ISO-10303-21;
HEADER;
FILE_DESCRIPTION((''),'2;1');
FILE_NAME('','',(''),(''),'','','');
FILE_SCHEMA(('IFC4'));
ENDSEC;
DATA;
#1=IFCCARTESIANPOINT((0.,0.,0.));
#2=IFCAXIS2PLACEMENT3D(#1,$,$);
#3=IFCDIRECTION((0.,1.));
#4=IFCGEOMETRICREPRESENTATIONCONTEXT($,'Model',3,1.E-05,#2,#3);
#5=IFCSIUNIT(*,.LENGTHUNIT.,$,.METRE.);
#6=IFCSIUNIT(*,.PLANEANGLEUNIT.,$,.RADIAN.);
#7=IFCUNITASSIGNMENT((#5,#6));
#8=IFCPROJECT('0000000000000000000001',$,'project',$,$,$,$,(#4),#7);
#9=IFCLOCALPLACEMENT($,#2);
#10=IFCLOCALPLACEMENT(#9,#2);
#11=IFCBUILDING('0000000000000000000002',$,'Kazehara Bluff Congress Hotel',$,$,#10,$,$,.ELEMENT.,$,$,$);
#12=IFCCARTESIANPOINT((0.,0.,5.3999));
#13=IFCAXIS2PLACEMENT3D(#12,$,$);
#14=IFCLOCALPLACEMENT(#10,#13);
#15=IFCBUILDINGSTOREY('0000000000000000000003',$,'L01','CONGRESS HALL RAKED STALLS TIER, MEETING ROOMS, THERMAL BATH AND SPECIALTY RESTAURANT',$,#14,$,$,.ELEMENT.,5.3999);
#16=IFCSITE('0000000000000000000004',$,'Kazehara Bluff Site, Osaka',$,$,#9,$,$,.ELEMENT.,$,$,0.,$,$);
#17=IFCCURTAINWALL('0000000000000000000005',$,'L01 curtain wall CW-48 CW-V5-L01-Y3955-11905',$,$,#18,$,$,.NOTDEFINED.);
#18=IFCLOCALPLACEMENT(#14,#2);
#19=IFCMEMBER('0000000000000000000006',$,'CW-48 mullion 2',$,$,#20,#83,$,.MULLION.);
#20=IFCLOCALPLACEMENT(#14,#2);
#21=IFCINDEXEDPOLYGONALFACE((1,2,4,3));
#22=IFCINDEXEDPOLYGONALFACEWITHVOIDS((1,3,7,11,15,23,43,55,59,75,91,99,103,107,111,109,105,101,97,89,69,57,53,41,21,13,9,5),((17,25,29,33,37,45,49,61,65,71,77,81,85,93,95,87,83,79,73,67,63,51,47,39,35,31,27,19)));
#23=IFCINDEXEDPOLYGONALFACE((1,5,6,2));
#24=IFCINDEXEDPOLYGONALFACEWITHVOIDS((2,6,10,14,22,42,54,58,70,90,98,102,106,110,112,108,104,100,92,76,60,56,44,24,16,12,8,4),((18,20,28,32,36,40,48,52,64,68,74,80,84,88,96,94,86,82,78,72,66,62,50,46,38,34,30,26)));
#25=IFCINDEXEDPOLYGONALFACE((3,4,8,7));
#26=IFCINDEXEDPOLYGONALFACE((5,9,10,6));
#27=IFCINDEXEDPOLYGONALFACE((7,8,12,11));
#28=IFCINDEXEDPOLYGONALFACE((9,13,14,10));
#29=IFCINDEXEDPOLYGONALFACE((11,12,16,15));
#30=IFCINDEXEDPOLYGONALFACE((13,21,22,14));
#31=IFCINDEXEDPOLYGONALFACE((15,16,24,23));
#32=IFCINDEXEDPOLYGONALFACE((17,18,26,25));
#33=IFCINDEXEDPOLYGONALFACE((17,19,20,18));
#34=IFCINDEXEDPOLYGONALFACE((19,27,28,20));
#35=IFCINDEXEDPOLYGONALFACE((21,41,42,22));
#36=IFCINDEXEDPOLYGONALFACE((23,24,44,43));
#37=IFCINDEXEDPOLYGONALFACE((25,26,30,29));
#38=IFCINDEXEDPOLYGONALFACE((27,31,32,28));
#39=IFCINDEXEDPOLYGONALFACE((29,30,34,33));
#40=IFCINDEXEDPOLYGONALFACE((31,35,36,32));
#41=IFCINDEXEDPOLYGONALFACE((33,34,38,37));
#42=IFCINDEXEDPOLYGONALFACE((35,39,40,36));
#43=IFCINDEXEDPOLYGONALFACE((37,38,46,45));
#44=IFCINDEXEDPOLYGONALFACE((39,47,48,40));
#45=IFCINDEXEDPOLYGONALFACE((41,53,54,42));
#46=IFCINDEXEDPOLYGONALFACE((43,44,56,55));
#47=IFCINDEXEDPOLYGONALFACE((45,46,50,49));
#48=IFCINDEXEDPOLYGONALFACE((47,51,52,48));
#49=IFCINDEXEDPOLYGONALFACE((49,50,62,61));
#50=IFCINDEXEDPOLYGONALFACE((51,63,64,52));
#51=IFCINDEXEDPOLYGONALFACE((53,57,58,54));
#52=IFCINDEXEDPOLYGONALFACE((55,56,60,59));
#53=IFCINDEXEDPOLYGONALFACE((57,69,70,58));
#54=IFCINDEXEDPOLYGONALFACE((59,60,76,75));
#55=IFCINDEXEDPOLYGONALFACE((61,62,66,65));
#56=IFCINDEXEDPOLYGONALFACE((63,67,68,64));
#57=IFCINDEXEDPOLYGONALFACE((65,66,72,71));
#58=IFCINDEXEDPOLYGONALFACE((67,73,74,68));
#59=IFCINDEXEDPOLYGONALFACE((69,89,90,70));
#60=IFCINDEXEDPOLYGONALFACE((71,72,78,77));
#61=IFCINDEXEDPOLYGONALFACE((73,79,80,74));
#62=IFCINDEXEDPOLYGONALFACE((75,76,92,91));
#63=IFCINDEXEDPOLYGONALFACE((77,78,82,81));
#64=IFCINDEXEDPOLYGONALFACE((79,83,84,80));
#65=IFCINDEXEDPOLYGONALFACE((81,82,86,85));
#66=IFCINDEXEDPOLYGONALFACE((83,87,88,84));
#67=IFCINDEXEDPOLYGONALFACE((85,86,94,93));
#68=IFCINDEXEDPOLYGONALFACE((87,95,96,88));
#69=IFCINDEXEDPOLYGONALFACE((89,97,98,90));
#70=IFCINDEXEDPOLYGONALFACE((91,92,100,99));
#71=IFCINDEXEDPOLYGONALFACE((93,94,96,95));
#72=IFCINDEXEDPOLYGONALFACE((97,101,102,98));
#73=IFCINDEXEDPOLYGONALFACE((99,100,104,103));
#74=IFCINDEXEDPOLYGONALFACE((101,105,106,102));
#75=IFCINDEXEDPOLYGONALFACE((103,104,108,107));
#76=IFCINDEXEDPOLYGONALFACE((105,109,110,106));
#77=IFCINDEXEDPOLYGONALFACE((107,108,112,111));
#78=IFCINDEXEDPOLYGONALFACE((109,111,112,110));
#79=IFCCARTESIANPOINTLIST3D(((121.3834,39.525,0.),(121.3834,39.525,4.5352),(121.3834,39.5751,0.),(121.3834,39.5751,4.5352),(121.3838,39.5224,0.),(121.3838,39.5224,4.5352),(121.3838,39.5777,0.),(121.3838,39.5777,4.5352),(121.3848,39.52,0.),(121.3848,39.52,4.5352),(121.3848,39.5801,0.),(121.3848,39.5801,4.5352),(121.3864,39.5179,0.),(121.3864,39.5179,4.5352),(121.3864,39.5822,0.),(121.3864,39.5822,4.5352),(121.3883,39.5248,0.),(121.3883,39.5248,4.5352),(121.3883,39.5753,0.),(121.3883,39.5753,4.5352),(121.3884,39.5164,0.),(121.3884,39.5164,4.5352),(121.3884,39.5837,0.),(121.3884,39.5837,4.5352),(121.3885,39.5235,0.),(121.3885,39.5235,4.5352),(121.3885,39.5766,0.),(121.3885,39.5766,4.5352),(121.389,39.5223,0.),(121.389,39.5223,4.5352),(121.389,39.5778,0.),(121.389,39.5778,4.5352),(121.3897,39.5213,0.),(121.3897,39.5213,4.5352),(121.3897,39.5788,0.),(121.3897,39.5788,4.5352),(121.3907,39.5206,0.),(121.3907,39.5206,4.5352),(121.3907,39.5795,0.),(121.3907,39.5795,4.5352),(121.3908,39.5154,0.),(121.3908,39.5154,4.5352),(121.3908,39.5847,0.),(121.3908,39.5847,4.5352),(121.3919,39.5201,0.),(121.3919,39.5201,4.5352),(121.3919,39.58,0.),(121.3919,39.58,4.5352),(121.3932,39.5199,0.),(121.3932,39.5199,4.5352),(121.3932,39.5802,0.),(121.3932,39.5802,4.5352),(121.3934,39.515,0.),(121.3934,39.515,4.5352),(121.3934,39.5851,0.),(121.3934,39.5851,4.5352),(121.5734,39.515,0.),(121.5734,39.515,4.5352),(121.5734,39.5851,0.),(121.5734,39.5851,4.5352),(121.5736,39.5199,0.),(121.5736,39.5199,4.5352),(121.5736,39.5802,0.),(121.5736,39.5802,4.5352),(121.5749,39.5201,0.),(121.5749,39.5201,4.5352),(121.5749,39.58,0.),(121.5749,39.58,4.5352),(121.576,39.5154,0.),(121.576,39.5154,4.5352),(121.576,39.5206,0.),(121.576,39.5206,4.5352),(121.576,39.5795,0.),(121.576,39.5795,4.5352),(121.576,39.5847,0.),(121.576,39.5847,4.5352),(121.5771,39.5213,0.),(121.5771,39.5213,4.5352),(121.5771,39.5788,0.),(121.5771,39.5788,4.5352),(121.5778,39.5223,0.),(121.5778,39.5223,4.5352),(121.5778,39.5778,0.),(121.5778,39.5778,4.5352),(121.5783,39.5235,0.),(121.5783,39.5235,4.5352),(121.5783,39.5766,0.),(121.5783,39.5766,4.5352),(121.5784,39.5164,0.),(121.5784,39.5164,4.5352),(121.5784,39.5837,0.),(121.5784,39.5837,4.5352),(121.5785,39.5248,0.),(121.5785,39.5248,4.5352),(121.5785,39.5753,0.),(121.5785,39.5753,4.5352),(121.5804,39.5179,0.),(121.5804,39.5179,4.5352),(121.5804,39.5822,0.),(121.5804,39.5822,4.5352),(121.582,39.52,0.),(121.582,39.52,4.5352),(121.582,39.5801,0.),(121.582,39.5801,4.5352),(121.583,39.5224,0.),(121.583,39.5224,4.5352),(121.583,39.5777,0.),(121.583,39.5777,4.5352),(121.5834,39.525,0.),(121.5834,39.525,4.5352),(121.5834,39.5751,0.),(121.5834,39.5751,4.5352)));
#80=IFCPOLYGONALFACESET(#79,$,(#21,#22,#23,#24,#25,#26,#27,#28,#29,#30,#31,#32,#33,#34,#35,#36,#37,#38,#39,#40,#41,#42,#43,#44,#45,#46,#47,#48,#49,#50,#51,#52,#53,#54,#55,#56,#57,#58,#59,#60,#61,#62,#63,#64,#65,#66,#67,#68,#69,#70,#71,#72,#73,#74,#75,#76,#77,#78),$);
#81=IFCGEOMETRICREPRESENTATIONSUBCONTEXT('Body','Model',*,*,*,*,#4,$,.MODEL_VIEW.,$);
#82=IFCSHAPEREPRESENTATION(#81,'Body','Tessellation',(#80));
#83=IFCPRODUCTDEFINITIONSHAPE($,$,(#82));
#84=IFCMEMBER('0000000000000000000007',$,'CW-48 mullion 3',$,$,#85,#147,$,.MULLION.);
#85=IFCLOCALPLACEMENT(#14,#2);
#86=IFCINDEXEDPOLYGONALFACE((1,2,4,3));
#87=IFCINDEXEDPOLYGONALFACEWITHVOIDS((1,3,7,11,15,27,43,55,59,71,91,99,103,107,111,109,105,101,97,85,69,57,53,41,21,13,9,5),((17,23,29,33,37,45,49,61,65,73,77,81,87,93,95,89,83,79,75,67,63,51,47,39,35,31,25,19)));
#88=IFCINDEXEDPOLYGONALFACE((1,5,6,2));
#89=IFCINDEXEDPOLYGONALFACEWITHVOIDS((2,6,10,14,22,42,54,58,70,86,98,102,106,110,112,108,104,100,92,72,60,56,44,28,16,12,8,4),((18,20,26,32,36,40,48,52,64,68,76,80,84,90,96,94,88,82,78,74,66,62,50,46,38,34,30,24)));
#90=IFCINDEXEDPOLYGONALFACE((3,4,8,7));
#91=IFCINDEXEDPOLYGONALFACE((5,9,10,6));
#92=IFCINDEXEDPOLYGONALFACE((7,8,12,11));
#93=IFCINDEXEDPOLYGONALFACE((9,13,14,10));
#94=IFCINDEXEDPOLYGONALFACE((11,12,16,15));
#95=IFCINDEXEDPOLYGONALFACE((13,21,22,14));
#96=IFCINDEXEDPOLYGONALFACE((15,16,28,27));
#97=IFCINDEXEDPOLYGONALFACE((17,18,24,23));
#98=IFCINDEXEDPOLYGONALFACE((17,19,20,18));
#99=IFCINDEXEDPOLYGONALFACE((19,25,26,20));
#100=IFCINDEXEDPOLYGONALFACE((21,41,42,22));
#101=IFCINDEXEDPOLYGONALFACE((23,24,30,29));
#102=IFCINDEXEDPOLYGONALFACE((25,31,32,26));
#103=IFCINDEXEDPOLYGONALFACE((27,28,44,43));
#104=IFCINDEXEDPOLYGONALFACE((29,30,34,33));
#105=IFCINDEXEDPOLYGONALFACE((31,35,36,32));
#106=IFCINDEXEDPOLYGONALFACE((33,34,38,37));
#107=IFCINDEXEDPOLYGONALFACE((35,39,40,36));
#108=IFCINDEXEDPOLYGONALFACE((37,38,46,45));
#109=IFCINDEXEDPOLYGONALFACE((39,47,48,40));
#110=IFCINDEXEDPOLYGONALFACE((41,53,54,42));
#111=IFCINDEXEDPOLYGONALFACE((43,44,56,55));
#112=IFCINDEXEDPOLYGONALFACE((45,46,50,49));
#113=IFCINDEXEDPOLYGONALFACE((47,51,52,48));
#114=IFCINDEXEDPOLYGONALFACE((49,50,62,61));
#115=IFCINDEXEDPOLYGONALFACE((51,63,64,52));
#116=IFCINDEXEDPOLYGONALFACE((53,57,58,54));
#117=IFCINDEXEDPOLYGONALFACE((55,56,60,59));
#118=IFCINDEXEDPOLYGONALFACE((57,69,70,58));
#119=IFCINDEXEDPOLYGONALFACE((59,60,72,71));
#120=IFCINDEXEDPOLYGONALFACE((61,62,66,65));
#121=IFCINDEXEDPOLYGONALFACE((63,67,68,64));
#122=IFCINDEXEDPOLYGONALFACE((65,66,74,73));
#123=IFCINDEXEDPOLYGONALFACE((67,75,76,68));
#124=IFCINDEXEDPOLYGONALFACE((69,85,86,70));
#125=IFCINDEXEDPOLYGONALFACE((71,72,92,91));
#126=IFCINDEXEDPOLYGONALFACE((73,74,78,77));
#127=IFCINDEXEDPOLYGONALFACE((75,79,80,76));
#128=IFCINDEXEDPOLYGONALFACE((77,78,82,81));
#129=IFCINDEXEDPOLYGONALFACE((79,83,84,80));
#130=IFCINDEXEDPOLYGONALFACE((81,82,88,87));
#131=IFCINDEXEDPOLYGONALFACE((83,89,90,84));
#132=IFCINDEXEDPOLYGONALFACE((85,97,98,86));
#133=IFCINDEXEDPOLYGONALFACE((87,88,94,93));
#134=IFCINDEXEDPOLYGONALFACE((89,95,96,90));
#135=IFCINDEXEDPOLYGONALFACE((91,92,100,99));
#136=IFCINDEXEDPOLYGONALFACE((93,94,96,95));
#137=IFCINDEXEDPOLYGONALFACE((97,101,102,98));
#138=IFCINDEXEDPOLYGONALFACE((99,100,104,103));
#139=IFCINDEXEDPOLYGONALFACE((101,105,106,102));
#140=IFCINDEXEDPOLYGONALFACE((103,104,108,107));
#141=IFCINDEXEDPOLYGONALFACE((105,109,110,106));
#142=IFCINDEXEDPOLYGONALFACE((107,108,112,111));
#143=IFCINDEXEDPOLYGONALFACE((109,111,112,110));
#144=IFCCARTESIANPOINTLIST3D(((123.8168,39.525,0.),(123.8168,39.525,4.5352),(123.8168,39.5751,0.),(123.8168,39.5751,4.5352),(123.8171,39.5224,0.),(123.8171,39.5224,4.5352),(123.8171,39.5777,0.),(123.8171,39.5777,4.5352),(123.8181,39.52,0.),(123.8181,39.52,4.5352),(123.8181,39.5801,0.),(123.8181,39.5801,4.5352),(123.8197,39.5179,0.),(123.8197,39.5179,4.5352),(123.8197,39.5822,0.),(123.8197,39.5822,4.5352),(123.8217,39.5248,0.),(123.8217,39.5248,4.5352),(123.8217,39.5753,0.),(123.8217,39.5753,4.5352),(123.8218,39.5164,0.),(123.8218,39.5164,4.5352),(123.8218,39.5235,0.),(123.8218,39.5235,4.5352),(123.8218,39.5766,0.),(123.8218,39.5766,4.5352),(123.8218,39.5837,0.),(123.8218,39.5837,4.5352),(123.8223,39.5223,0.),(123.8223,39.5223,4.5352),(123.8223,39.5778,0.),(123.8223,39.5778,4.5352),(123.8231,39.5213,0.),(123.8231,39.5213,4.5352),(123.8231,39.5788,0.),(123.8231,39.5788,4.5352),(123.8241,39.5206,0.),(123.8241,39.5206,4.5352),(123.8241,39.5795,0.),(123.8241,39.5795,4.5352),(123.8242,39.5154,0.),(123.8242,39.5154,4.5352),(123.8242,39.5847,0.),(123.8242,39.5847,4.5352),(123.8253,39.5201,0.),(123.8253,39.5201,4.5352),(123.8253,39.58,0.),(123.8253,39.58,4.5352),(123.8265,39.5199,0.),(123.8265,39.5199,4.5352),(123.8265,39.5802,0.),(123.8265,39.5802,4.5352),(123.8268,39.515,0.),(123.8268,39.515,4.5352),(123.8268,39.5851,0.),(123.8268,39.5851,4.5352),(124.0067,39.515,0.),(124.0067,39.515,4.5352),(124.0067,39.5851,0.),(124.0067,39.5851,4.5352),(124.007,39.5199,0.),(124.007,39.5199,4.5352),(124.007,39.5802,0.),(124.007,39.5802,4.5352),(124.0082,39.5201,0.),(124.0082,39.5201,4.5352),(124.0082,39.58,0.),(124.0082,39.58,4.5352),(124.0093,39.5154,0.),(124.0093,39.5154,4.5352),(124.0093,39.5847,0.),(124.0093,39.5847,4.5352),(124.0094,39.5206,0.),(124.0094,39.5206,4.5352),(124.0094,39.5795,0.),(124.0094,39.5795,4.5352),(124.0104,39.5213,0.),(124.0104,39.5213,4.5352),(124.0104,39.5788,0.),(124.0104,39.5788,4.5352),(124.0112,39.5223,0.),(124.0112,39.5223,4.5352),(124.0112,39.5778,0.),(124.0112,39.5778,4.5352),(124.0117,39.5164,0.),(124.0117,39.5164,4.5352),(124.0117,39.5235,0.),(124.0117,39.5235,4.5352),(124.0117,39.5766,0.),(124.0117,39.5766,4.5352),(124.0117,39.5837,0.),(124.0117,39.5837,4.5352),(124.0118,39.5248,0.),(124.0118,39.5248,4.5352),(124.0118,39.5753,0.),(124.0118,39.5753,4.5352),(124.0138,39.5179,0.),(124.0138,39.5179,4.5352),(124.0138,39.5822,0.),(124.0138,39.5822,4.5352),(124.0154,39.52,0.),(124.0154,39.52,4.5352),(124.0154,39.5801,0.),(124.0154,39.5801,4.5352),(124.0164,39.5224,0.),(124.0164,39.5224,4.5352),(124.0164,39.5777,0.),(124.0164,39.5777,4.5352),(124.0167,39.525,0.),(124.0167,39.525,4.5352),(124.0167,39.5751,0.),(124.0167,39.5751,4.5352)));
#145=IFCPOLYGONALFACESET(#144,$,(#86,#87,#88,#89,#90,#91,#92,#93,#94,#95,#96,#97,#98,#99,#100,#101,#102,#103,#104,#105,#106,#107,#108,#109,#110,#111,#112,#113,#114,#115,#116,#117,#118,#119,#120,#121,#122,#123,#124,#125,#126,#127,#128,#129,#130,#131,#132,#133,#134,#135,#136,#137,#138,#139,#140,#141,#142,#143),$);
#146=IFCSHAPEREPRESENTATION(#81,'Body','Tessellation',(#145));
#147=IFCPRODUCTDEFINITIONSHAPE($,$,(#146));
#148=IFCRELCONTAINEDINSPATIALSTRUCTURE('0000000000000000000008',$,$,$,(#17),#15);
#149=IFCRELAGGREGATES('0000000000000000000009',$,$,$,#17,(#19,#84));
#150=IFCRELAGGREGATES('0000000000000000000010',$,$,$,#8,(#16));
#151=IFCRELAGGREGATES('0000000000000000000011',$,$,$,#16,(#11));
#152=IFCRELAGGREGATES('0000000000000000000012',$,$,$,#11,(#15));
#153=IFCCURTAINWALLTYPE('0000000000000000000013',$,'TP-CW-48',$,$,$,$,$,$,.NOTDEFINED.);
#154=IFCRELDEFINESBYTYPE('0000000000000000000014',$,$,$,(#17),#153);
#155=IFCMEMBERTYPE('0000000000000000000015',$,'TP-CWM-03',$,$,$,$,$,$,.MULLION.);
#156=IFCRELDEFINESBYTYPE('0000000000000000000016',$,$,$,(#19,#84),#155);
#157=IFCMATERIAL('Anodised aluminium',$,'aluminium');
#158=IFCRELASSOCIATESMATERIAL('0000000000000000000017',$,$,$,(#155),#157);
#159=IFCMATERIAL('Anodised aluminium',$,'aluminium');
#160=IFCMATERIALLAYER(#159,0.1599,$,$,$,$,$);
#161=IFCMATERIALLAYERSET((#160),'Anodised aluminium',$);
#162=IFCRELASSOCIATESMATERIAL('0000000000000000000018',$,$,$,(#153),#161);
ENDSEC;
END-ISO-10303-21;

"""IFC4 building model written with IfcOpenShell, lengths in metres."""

from ifc_helpers import new_model, si_unit, direction, frame, origin, origin_2d, place, context, subcontext, project, spatial, hollow_rectangle, extrude, material, layer, layer_set, material_profile, profile_set, type_object, element, aggregate, save


model = new_model("IFC4")

# Units and contexts
model_context = context("Model", 3, precision=1e-05, world=origin(), true_north=direction((0.0, 1.0)))
body_context = subcontext(model_context, "Body", "Model", "MODEL_VIEW")
ifc_project = project(units=[si_unit("LENGTHUNIT", "METRE"), si_unit("PLANEANGLEUNIT", "RADIAN")], contexts=[model_context])

# Site, building, storey
site_placement = place(None, origin())
site = spatial("IfcSite", under=ifc_project, at=site_placement, Name="Kazehara Bluff Site, Osaka", CompositionType="ELEMENT", RefElevation=0.0)
building_placement = place(site_placement, origin())
building = spatial("IfcBuilding", under=site, at=building_placement, Name="Kazehara Bluff Congress Hotel", CompositionType="ELEMENT")
storey_placement = place(building_placement, frame((0.0, 0.0, 5.3999)))
storey = spatial("IfcBuildingStorey", under=building, at=storey_placement, Name="L01", Description="CONGRESS HALL RAKED STALLS TIER, MEETING ROOMS, THERMAL BATH AND SPECIALTY RESTAURANT", CompositionType="ELEMENT", Elevation=5.3999)

# Shared definitions
ifc_material_1 = material(Name="Anodised aluminium", Category="aluminium")
ifc_material_profile_1 = material_profile(ifc_material_1, hollow_rectangle(XDim=0.0701, YDim=0.2, WallThickness=0.0049, InnerFilletRadius=0.0049, OuterFilletRadius=0.01, at=origin_2d()))
ifc_profile_set_1 = profile_set([ifc_material_profile_1], Name="Anodised aluminium")
member_type_1 = type_object("IfcMemberType", Name="TP-CWM-03", PredefinedType="MULLION", material=ifc_profile_set_1)

# Curtain wall, members
ifc_material_2 = material(Name="Anodised aluminium", Category="aluminium")
ifc_layer_1 = layer(ifc_material_2, 0.1599)
ifc_layer_set_1 = layer_set([ifc_layer_1], Name="Anodised aluminium")
curtain_wall_type_1 = type_object("IfcCurtainWallType", Name="TP-CW-48", PredefinedType="NOTDEFINED", material=ifc_layer_set_1)
curtain_wall_1_placement = place(storey_placement, origin())
curtain_wall_1 = element("IfcCurtainWall", 1, at=curtain_wall_1_placement, inside=storey, type_object=curtain_wall_type_1, Name="L01 curtain wall CW-48 CW-V5-L01-Y3955-11905", PredefinedType="NOTDEFINED")
member_1_placement = place(storey_placement, frame((121.4834, 39.55, 0.0), z_axis=(0.0, 0.0, 1.0), x_axis=(0.0, 1.0, 0.0)))
member_1 = element("IfcMember", 2, at=member_1_placement, type_object=member_type_1, Name="CW-48 mullion 2", PredefinedType="MULLION", context=body_context, shape_type="SweptSolid", body=[
    extrude(hollow_rectangle(XDim=0.0701, YDim=0.2, WallThickness=0.0049, InnerFilletRadius=0.0049, OuterFilletRadius=0.01, at=origin_2d()), origin(), (0.0, 0.0, 1.0), 4.5352),
])
member_2_placement = place(storey_placement, frame((123.9167, 39.55, 0.0), z_axis=(0.0, 0.0, 1.0), x_axis=(0.0, 1.0, 0.0)))
member_2 = element("IfcMember", 3, at=member_2_placement, type_object=member_type_1, Name="CW-48 mullion 3", PredefinedType="MULLION", context=body_context, shape_type="SweptSolid", body=[
    extrude(hollow_rectangle(XDim=0.0701, YDim=0.2, WallThickness=0.0049, InnerFilletRadius=0.0049, OuterFilletRadius=0.01, at=origin_2d()), origin(), (0.0, 0.0, 1.0), 4.5352),
])

aggregate(curtain_wall_1, [member_1, member_2])

save(model, "model.ifc")
